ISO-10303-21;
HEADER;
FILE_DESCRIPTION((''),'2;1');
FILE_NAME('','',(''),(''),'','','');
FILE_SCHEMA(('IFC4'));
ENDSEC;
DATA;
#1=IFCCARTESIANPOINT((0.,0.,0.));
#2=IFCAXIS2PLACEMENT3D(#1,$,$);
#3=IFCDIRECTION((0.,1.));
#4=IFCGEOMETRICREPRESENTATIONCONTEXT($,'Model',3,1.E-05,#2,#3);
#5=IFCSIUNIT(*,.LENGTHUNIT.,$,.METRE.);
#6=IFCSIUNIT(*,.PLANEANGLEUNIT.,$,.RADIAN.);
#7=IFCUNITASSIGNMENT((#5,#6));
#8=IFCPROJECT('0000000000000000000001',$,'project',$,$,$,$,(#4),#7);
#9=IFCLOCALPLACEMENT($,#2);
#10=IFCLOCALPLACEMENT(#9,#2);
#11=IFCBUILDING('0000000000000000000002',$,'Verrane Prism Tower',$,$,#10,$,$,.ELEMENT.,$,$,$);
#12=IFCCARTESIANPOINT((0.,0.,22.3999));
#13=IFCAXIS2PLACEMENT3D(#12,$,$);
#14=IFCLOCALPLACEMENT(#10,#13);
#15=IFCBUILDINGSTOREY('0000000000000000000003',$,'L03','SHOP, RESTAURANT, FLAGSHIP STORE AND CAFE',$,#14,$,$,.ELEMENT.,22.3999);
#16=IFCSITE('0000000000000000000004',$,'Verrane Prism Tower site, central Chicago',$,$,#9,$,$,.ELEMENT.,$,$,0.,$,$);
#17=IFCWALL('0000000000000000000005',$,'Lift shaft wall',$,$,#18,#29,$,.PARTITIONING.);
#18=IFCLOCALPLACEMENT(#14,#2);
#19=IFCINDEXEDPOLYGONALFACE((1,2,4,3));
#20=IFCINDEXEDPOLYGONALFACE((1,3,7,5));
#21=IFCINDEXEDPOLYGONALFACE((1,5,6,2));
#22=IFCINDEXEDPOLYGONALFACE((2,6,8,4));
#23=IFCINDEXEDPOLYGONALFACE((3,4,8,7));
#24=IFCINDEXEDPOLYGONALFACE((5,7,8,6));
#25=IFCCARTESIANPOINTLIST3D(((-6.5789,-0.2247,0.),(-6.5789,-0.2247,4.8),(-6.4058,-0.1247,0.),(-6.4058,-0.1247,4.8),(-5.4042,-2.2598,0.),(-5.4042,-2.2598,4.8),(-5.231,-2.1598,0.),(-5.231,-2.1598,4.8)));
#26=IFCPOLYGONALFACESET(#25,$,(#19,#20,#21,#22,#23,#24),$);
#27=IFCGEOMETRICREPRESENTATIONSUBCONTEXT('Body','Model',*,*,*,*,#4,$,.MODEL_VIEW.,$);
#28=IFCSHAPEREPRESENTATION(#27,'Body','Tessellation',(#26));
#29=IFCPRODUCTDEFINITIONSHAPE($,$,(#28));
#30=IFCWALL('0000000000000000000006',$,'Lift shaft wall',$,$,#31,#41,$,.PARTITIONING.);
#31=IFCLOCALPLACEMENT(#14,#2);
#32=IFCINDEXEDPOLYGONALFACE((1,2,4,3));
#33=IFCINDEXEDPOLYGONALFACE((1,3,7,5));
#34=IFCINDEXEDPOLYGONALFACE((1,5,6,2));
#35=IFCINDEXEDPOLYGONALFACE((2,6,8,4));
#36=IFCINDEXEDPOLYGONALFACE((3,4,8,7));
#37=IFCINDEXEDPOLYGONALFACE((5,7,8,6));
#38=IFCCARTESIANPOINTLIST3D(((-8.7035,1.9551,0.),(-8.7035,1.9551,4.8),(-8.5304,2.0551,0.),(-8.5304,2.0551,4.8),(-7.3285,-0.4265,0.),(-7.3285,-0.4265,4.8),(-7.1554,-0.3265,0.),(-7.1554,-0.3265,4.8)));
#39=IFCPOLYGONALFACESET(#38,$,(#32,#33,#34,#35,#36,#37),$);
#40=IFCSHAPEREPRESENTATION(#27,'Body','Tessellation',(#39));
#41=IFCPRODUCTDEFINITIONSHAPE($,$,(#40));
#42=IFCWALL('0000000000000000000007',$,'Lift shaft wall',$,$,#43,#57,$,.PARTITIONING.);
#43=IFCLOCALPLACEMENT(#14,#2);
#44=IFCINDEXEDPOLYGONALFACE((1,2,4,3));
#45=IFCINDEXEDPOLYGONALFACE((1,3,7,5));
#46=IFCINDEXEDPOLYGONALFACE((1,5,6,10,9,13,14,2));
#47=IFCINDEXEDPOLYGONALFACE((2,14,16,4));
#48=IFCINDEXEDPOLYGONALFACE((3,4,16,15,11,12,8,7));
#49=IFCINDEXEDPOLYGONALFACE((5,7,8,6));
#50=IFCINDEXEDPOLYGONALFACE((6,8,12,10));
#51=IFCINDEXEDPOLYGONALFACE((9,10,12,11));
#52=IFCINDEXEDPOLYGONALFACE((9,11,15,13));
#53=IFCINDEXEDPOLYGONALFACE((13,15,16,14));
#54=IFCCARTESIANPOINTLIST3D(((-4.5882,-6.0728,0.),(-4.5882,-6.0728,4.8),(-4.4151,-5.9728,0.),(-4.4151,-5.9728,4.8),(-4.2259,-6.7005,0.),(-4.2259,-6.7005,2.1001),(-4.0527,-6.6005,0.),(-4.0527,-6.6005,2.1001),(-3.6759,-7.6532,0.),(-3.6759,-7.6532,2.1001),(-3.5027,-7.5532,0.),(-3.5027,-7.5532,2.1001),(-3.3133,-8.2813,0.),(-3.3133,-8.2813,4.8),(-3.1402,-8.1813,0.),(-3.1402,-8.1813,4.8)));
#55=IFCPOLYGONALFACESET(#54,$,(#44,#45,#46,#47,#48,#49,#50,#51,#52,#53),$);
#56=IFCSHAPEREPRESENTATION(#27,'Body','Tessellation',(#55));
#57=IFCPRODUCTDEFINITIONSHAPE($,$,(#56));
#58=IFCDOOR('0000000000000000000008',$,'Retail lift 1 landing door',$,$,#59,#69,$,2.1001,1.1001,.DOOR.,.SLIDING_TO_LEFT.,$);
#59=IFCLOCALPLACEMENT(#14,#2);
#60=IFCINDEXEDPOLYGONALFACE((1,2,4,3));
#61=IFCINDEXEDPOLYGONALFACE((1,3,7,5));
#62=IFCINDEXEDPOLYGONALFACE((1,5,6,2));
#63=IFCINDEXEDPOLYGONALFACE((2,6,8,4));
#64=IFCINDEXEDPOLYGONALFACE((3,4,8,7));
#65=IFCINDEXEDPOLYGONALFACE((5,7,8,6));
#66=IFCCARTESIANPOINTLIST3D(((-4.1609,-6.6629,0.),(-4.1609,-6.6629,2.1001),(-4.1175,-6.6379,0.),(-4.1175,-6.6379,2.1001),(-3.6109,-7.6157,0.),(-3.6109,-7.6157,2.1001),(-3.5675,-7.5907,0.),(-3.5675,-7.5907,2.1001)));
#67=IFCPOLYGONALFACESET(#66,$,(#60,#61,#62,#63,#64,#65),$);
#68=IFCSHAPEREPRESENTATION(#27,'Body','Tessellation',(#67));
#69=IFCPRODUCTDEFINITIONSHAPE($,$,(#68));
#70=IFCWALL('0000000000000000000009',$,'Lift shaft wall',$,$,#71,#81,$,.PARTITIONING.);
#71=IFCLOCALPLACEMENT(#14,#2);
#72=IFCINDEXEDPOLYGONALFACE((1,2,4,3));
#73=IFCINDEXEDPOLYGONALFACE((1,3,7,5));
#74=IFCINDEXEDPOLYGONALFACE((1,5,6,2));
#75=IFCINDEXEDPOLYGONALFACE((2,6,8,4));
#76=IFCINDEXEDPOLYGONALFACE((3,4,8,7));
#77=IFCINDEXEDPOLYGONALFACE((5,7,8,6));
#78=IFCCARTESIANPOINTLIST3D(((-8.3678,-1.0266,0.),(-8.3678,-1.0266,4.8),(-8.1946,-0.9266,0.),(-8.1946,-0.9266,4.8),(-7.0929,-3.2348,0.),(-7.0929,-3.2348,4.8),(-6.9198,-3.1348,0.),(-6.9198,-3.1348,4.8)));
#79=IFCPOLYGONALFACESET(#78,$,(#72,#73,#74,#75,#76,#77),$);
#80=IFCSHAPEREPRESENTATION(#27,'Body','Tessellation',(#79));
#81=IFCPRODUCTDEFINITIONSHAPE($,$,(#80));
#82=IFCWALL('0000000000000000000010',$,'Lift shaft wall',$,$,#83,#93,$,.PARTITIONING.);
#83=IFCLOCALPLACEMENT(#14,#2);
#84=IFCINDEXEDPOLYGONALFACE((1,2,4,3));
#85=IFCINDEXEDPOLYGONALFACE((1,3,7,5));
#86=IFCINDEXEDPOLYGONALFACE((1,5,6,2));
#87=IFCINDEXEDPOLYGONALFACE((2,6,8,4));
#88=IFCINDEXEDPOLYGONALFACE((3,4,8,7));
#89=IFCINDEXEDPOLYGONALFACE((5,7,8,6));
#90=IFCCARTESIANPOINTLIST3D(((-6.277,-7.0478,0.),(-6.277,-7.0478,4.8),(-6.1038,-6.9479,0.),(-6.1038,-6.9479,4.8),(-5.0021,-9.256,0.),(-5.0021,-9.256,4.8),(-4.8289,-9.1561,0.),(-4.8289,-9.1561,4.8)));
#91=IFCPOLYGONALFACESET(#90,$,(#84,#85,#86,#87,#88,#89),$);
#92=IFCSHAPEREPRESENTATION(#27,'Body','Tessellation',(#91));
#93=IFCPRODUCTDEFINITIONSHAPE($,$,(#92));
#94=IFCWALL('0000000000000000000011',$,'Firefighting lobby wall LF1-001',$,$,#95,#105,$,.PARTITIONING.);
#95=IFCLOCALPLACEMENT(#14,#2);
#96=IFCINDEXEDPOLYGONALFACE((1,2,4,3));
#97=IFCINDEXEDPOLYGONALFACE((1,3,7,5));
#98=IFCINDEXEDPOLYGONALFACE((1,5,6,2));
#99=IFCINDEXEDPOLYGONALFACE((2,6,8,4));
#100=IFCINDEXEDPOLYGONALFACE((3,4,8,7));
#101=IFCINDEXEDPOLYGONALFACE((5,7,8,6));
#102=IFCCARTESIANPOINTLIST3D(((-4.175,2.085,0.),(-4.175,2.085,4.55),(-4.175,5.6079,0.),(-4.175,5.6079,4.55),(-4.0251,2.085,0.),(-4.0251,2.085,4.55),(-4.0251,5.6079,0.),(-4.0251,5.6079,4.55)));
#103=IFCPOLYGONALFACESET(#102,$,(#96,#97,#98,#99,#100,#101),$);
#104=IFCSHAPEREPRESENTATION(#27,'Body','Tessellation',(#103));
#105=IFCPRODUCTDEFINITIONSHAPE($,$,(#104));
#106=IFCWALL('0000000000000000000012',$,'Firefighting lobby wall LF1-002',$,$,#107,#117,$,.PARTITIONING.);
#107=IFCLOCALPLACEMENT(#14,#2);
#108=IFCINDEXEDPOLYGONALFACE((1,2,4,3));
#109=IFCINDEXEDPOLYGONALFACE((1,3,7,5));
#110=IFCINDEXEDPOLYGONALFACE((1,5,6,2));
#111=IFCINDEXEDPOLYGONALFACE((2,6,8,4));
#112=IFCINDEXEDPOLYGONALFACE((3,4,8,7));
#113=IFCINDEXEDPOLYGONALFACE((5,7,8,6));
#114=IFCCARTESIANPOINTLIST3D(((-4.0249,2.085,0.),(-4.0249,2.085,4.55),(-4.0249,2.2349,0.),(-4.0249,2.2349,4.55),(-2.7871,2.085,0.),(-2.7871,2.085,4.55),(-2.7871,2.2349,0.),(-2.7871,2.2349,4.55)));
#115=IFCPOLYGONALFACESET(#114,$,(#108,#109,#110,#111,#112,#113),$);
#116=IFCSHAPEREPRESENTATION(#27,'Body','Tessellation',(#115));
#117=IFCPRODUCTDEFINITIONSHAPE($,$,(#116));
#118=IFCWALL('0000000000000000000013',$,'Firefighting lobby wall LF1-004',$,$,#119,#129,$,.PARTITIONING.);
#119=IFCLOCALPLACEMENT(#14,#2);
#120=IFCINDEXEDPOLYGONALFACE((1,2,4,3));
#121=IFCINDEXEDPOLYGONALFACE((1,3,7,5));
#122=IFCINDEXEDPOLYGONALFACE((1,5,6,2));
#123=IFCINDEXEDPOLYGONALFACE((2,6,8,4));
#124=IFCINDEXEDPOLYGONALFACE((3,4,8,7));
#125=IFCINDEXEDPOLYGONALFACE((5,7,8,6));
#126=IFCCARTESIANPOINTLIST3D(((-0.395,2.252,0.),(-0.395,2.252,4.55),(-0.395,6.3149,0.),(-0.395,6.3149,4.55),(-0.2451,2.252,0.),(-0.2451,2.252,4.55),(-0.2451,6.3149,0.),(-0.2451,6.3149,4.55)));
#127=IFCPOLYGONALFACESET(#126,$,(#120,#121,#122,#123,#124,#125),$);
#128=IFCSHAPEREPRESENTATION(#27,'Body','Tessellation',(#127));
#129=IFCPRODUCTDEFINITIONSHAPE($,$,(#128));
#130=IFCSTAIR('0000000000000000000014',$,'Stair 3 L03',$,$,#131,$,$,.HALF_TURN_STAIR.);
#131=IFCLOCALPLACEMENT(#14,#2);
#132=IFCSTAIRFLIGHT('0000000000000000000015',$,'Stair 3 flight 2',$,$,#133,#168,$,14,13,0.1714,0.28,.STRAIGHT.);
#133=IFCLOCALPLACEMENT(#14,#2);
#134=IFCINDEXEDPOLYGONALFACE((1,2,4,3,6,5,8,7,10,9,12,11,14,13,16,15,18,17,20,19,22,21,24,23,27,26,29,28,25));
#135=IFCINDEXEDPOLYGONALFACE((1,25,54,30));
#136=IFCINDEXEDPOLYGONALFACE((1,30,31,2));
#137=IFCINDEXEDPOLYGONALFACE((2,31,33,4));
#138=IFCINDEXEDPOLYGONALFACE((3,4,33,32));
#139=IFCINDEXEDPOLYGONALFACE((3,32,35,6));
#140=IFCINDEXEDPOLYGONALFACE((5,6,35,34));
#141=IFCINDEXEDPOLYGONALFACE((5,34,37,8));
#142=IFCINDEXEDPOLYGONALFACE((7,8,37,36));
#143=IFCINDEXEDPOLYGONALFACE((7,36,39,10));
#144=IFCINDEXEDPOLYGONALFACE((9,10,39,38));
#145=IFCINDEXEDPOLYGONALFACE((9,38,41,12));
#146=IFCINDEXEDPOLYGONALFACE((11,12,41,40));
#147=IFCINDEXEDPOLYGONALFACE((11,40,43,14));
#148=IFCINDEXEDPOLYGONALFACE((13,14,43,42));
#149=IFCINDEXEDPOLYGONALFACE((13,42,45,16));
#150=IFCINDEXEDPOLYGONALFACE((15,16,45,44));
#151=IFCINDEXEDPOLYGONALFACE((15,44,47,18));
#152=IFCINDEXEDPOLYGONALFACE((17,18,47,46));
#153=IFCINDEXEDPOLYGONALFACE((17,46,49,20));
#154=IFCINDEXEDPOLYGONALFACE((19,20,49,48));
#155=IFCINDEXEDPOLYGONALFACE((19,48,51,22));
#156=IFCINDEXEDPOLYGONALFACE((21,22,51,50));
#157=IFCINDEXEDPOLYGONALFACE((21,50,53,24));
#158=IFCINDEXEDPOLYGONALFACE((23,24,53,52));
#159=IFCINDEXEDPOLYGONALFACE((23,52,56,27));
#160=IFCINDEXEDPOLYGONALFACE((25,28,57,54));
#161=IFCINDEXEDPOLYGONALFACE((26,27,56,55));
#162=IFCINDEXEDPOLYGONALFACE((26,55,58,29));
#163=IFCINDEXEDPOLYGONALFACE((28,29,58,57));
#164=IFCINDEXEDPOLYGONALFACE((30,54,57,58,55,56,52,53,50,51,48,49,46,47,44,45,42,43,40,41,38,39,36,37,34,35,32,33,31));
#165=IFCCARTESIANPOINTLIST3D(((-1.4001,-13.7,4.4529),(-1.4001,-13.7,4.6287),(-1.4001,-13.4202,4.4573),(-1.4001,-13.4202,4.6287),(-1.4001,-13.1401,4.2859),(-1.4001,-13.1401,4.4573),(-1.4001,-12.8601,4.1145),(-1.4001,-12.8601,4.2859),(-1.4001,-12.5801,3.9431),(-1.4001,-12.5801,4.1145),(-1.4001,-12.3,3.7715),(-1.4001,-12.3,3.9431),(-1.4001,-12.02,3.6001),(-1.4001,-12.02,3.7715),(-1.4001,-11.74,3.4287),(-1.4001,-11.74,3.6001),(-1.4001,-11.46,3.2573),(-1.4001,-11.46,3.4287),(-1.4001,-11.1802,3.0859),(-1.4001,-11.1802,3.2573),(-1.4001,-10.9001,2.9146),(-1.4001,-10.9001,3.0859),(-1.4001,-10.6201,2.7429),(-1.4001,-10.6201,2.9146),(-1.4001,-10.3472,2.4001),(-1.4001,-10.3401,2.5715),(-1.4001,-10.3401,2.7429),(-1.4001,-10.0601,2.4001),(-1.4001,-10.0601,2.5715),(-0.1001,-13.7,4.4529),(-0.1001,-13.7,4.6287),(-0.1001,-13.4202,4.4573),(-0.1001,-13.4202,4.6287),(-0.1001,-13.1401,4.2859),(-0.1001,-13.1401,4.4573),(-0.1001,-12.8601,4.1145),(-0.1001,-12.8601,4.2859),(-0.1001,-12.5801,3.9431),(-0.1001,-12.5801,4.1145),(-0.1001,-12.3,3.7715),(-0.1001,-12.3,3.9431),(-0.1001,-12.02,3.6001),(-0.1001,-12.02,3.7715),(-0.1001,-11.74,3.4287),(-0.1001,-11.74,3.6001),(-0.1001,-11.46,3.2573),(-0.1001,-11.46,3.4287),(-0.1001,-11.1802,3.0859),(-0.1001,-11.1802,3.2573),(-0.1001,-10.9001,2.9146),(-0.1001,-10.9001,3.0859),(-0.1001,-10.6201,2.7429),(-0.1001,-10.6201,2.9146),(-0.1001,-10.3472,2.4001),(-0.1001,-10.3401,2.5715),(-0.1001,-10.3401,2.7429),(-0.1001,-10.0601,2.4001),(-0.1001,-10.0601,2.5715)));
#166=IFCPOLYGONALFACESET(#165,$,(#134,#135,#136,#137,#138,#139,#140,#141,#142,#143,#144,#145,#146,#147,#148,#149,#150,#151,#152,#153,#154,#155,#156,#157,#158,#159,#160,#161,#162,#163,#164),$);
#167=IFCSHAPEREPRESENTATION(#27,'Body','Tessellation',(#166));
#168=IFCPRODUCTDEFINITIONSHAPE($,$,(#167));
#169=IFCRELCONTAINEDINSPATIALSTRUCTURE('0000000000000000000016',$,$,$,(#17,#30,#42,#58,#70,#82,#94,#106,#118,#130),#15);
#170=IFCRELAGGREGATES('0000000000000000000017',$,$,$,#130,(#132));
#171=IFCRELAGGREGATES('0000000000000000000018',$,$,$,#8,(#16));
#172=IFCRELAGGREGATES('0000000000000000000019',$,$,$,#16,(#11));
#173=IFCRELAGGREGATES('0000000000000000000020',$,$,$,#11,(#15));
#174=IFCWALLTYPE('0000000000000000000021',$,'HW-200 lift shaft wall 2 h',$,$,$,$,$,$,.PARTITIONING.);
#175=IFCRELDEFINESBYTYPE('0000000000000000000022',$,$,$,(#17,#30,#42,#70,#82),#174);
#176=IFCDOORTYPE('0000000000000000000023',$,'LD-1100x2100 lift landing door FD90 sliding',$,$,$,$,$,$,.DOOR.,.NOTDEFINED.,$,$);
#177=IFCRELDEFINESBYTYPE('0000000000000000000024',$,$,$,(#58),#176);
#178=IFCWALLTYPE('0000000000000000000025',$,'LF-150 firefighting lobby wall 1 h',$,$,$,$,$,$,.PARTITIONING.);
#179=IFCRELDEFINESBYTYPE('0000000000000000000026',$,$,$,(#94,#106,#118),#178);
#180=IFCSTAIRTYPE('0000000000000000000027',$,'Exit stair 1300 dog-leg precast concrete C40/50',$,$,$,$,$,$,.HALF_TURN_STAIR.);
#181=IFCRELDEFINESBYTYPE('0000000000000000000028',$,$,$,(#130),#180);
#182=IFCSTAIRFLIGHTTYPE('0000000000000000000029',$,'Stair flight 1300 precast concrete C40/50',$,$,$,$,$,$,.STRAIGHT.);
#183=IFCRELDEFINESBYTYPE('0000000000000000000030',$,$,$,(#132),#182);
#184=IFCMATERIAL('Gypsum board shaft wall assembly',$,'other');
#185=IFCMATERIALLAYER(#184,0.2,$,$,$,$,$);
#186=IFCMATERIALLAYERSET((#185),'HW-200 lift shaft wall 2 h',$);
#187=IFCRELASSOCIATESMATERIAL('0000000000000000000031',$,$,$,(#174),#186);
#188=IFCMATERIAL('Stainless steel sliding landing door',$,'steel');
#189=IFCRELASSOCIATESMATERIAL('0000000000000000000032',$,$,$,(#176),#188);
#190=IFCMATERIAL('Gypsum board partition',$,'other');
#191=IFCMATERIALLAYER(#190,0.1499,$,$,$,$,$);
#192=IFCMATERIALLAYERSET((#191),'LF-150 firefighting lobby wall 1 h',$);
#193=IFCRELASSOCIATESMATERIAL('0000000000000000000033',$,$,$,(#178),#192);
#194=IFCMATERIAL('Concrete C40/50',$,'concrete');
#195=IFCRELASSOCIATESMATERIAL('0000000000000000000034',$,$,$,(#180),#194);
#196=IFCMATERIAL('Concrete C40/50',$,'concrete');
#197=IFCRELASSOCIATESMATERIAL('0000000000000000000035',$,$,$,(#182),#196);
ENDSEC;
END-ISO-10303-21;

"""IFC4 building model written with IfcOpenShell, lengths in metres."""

from ifc_helpers import new_model, si_unit, direction, frame, frame_2d, origin, place, context, subcontext, project, spatial, polyline, rectangle, outline, extrude, material, layer, layer_set, type_object, element, fill, aggregate, save


model = new_model("IFC4")

# Units and contexts
model_context = context("Model", 3, precision=1e-05, world=origin(), true_north=direction((0.0, 1.0)))
body_context = subcontext(model_context, "Body", "Model", "MODEL_VIEW")
ifc_project = project(units=[si_unit("LENGTHUNIT", "METRE"), si_unit("PLANEANGLEUNIT", "RADIAN")], contexts=[model_context])

# Site, building, storey
site_placement = place(None, origin())
site = spatial("IfcSite", under=ifc_project, at=site_placement, Name="Verrane Prism Tower site, central Chicago", CompositionType="ELEMENT", RefElevation=0.0)
building_placement = place(site_placement, origin())
building = spatial("IfcBuilding", under=site, at=building_placement, Name="Verrane Prism Tower", CompositionType="ELEMENT")
storey_placement = place(building_placement, frame((0.0, 0.0, 22.3999)))
storey = spatial("IfcBuildingStorey", under=building, at=storey_placement, Name="L03", Description="SHOP, RESTAURANT, FLAGSHIP STORE AND CAFE", CompositionType="ELEMENT", Elevation=22.3999)

# Shared definitions
ifc_material_1 = material(Name="Gypsum board shaft wall assembly", Category="other")
ifc_layer_1 = layer(ifc_material_1, 0.2)
ifc_layer_set_1 = layer_set([ifc_layer_1], Name="HW-200 lift shaft wall 2 h")
wall_type_1 = type_object("IfcWallType", Name="HW-200 lift shaft wall 2 h", PredefinedType="PARTITIONING", material=ifc_layer_set_1)

# Shared definitions
ifc_material_2 = material(Name="Stainless steel sliding landing door", Category="steel")
door_type = type_object("IfcDoorType", Name="LD-1100x2100 lift landing door FD90 sliding", OperationType="NOTDEFINED", PredefinedType="DOOR", material=ifc_material_2)

# Walls
wall_1_placement = place(storey_placement, frame((-5.3176, -2.2097, 0.0), z_axis=(0.0, 0.0, 1.0), x_axis=(-0.499938, 0.866061, 0.0)))
element("IfcWall", 1, at=wall_1_placement, inside=storey, type_object=wall_type_1, Name="Lift shaft wall", PredefinedType="PARTITIONING", context=body_context, shape_type="SweptSolid", body=[
    extrude(rectangle(XDim=2.3499, YDim=0.2, at=frame_2d((1.1748, 0.0))), origin(), (0.0, 0.0, 1.0), 4.8),
])
wall_2_placement = place(storey_placement, frame((-7.2419, -0.3765, 0.0), z_axis=(0.0, 0.0, 1.0), x_axis=(-0.499997, 0.866027, 0.0)))
element("IfcWall", 2, at=wall_2_placement, inside=storey, type_object=wall_type_1, Name="Lift shaft wall", PredefinedType="PARTITIONING", context=body_context, shape_type="SweptSolid", body=[
    extrude(rectangle(XDim=2.75, YDim=0.2, at=frame_2d((1.375, 0.0))), origin(), (0.0, 0.0, 1.0), 4.8),
])

# Wall, opening, door
wall_3_placement = place(storey_placement, frame((-3.2268, -8.2312, 0.0), z_axis=(0.0, 0.0, 1.0), x_axis=(-0.499949, 0.866055, 0.0)))
wall_3 = element("IfcWall", 3, at=wall_3_placement, inside=storey, type_object=wall_type_1, Name="Lift shaft wall", PredefinedType="PARTITIONING", context=body_context, shape_type="SweptSolid", body=[
    extrude(rectangle(XDim=2.55, YDim=0.2, at=frame_2d((1.2749, 0.0))), origin(), (0.0, 0.0, 1.0), 4.8),
])
opening_1_placement = place(wall_3_placement, frame((0.7251, 0.0, 0.0)))
opening_1 = element("IfcOpeningElement", 4, at=opening_1_placement, cuts=wall_3, PredefinedType="OPENING", context=body_context, shape_type="SweptSolid", body=[
    extrude(rectangle(XDim=1.1001, YDim=2.1001, at=frame_2d((0.55, 1.05))), frame((0.0, 0.1099, 0.0), z_axis=(0.0, -1.0, 0.0), x_axis=(1.0, 0.0, 0.0)), (0.0, 0.0, 1.0), 0.22),
])
door_1_placement = place(opening_1_placement, origin())
door_1 = element("IfcDoor", 5, at=door_1_placement, inside=storey, type_object=door_type, Name="Retail lift 1 landing door", OperationType="SLIDING_TO_LEFT", OverallHeight=2.1001, OverallWidth=1.1001, PredefinedType="DOOR", context=body_context, shape_type="SweptSolid", body=[
    extrude(rectangle(XDim=1.1001, YDim=2.1001, at=frame_2d((0.55, 1.05))), frame((0.0, 0.0249, 0.0), z_axis=(0.0, -1.0, 0.0), x_axis=(1.0, 0.0, 0.0)), (0.0, 0.0, 1.0), 0.05),
])
fill(opening_1, door_1)

# Walls
for number, where, z_axis, x_axis, name in (
    (6, (-7.0063, -3.1848, 0.0), (0.0, 0.0, 1.0), (-0.49999, 0.866031, 0.0), "Lift shaft wall"),
    (7, (-4.9155, -9.2061, 0.0), (0.0, 0.0, 1.0), (-0.49999, 0.866031, 0.0), "Lift shaft wall"),
):
    element("IfcWall", number, at=place(storey_placement, frame(where, z_axis=z_axis, x_axis=x_axis)), inside=storey, type_object=wall_type_1, Name=name, PredefinedType="PARTITIONING", context=body_context, shape_type="SweptSolid", body=[
        extrude(rectangle(XDim=2.5498, YDim=0.2, at=frame_2d((1.2749, 0.0))), origin(), (0.0, 0.0, 1.0), 4.8),
    ])
ifc_material_3 = material(Name="Gypsum board partition", Category="other")
ifc_layer_2 = layer(ifc_material_3, 0.1499)
ifc_layer_set_2 = layer_set([ifc_layer_2], Name="LF-150 firefighting lobby wall 1 h")
wall_type_2 = type_object("IfcWallType", Name="LF-150 firefighting lobby wall 1 h", PredefinedType="PARTITIONING", material=ifc_layer_set_2)
wall_4_placement = place(storey_placement, frame((-4.1001, 2.085, 0.0), z_axis=(0.0, 0.0, 1.0), x_axis=(0.0, 1.0, 0.0)))
element("IfcWall", 8, at=wall_4_placement, inside=storey, type_object=wall_type_2, Name="Firefighting lobby wall LF1-001", PredefinedType="PARTITIONING", context=body_context, shape_type="SweptSolid", body=[
    extrude(rectangle(XDim=3.5229, YDim=0.1499, at=frame_2d((1.7615, 0.0))), origin(), (0.0, 0.0, 1.0), 4.55),
])
wall_5_placement = place(storey_placement, frame((-4.0249, 2.1599, 0.0), z_axis=(0.0, 0.0, 1.0), x_axis=(1.0, 0.0, 0.0)))
element("IfcWall", 9, at=wall_5_placement, inside=storey, type_object=wall_type_2, Name="Firefighting lobby wall LF1-002", PredefinedType="PARTITIONING", context=body_context, shape_type="SweptSolid", body=[
    extrude(rectangle(XDim=1.2378, YDim=0.1499, at=frame_2d((0.6189, 0.0))), origin(), (0.0, 0.0, 1.0), 4.55),
])
wall_6_placement = place(storey_placement, frame((-0.3201, 2.252, 0.0), z_axis=(0.0, 0.0, 1.0), x_axis=(0.0, 1.0, 0.0)))
element("IfcWall", 10, at=wall_6_placement, inside=storey, type_object=wall_type_2, Name="Firefighting lobby wall LF1-004", PredefinedType="PARTITIONING", context=body_context, shape_type="SweptSolid", body=[
    extrude(rectangle(XDim=4.063, YDim=0.1499, at=frame_2d((2.0315, 0.0))), origin(), (0.0, 0.0, 1.0), 4.55),
])

# Stair, stair flight
ifc_material_4 = material(Name="Concrete C40/50", Category="concrete")
stair_type = type_object("IfcStairType", Name="Exit stair 1300 dog-leg precast concrete C40/50", PredefinedType="HALF_TURN_STAIR", material=ifc_material_4)
stair_placement = place(storey_placement, origin())
stair = element("IfcStair", 11, at=stair_placement, inside=storey, type_object=stair_type, Name="Stair 3 L03", PredefinedType="HALF_TURN_STAIR")
ifc_material_5 = material(Name="Concrete C40/50", Category="concrete")
stair_flight_type = type_object("IfcStairFlightType", Name="Stair flight 1300 precast concrete C40/50", PredefinedType="STRAIGHT", material=ifc_material_5)
stair_flight_placement = place(storey_placement, frame((-0.75, -10.0601, 2.4001), z_axis=(0.0, 0.0, 1.0), x_axis=(0.0, -1.0, 0.0)))
stair_flight = element("IfcStairFlight", 12, at=stair_flight_placement, type_object=stair_flight_type, Name="Stair 3 flight 2", NumberOfRisers=14, NumberOfTreads=13, PredefinedType="STRAIGHT", RiserHeight=0.1714, TreadLength=0.28, context=body_context, shape_type="SweptSolid", body=[
    extrude(outline(polyline([(0.0, 0.0), (0.0, 0.1714), (0.28, 0.1714), (0.28, 0.3428), (0.5601, 0.3428), (0.5601, 0.5144), (0.8401, 0.5144), (0.8401, 0.6858), (1.1201, 0.6858), (1.1201, 0.8572), (1.3999, 0.8572), (1.3999, 1.0286), (1.6799, 1.0286), (1.6799, 1.2), (1.96, 1.2), (1.96, 1.3713), (2.24, 1.3713), (2.24, 1.543), (2.52, 1.543), (2.52, 1.7144), (2.8, 1.7144), (2.8, 1.8857), (3.0801, 1.8857), (3.0801, 2.0571), (3.3601, 2.0571), (3.3601, 2.2285), (3.6399, 2.2285), (3.6399, 2.3999), (3.6399, 2.0527), (0.2871, 0.0), (0.0, 0.0)])), frame((0.0, 0.6499, 0.0), z_axis=(0.0, -1.0, 0.0), x_axis=(1.0, 0.0, 0.0)), (0.0, 0.0, 1.0), 1.3),
])
aggregate(stair, [stair_flight])

save(model, "model.ifc")
